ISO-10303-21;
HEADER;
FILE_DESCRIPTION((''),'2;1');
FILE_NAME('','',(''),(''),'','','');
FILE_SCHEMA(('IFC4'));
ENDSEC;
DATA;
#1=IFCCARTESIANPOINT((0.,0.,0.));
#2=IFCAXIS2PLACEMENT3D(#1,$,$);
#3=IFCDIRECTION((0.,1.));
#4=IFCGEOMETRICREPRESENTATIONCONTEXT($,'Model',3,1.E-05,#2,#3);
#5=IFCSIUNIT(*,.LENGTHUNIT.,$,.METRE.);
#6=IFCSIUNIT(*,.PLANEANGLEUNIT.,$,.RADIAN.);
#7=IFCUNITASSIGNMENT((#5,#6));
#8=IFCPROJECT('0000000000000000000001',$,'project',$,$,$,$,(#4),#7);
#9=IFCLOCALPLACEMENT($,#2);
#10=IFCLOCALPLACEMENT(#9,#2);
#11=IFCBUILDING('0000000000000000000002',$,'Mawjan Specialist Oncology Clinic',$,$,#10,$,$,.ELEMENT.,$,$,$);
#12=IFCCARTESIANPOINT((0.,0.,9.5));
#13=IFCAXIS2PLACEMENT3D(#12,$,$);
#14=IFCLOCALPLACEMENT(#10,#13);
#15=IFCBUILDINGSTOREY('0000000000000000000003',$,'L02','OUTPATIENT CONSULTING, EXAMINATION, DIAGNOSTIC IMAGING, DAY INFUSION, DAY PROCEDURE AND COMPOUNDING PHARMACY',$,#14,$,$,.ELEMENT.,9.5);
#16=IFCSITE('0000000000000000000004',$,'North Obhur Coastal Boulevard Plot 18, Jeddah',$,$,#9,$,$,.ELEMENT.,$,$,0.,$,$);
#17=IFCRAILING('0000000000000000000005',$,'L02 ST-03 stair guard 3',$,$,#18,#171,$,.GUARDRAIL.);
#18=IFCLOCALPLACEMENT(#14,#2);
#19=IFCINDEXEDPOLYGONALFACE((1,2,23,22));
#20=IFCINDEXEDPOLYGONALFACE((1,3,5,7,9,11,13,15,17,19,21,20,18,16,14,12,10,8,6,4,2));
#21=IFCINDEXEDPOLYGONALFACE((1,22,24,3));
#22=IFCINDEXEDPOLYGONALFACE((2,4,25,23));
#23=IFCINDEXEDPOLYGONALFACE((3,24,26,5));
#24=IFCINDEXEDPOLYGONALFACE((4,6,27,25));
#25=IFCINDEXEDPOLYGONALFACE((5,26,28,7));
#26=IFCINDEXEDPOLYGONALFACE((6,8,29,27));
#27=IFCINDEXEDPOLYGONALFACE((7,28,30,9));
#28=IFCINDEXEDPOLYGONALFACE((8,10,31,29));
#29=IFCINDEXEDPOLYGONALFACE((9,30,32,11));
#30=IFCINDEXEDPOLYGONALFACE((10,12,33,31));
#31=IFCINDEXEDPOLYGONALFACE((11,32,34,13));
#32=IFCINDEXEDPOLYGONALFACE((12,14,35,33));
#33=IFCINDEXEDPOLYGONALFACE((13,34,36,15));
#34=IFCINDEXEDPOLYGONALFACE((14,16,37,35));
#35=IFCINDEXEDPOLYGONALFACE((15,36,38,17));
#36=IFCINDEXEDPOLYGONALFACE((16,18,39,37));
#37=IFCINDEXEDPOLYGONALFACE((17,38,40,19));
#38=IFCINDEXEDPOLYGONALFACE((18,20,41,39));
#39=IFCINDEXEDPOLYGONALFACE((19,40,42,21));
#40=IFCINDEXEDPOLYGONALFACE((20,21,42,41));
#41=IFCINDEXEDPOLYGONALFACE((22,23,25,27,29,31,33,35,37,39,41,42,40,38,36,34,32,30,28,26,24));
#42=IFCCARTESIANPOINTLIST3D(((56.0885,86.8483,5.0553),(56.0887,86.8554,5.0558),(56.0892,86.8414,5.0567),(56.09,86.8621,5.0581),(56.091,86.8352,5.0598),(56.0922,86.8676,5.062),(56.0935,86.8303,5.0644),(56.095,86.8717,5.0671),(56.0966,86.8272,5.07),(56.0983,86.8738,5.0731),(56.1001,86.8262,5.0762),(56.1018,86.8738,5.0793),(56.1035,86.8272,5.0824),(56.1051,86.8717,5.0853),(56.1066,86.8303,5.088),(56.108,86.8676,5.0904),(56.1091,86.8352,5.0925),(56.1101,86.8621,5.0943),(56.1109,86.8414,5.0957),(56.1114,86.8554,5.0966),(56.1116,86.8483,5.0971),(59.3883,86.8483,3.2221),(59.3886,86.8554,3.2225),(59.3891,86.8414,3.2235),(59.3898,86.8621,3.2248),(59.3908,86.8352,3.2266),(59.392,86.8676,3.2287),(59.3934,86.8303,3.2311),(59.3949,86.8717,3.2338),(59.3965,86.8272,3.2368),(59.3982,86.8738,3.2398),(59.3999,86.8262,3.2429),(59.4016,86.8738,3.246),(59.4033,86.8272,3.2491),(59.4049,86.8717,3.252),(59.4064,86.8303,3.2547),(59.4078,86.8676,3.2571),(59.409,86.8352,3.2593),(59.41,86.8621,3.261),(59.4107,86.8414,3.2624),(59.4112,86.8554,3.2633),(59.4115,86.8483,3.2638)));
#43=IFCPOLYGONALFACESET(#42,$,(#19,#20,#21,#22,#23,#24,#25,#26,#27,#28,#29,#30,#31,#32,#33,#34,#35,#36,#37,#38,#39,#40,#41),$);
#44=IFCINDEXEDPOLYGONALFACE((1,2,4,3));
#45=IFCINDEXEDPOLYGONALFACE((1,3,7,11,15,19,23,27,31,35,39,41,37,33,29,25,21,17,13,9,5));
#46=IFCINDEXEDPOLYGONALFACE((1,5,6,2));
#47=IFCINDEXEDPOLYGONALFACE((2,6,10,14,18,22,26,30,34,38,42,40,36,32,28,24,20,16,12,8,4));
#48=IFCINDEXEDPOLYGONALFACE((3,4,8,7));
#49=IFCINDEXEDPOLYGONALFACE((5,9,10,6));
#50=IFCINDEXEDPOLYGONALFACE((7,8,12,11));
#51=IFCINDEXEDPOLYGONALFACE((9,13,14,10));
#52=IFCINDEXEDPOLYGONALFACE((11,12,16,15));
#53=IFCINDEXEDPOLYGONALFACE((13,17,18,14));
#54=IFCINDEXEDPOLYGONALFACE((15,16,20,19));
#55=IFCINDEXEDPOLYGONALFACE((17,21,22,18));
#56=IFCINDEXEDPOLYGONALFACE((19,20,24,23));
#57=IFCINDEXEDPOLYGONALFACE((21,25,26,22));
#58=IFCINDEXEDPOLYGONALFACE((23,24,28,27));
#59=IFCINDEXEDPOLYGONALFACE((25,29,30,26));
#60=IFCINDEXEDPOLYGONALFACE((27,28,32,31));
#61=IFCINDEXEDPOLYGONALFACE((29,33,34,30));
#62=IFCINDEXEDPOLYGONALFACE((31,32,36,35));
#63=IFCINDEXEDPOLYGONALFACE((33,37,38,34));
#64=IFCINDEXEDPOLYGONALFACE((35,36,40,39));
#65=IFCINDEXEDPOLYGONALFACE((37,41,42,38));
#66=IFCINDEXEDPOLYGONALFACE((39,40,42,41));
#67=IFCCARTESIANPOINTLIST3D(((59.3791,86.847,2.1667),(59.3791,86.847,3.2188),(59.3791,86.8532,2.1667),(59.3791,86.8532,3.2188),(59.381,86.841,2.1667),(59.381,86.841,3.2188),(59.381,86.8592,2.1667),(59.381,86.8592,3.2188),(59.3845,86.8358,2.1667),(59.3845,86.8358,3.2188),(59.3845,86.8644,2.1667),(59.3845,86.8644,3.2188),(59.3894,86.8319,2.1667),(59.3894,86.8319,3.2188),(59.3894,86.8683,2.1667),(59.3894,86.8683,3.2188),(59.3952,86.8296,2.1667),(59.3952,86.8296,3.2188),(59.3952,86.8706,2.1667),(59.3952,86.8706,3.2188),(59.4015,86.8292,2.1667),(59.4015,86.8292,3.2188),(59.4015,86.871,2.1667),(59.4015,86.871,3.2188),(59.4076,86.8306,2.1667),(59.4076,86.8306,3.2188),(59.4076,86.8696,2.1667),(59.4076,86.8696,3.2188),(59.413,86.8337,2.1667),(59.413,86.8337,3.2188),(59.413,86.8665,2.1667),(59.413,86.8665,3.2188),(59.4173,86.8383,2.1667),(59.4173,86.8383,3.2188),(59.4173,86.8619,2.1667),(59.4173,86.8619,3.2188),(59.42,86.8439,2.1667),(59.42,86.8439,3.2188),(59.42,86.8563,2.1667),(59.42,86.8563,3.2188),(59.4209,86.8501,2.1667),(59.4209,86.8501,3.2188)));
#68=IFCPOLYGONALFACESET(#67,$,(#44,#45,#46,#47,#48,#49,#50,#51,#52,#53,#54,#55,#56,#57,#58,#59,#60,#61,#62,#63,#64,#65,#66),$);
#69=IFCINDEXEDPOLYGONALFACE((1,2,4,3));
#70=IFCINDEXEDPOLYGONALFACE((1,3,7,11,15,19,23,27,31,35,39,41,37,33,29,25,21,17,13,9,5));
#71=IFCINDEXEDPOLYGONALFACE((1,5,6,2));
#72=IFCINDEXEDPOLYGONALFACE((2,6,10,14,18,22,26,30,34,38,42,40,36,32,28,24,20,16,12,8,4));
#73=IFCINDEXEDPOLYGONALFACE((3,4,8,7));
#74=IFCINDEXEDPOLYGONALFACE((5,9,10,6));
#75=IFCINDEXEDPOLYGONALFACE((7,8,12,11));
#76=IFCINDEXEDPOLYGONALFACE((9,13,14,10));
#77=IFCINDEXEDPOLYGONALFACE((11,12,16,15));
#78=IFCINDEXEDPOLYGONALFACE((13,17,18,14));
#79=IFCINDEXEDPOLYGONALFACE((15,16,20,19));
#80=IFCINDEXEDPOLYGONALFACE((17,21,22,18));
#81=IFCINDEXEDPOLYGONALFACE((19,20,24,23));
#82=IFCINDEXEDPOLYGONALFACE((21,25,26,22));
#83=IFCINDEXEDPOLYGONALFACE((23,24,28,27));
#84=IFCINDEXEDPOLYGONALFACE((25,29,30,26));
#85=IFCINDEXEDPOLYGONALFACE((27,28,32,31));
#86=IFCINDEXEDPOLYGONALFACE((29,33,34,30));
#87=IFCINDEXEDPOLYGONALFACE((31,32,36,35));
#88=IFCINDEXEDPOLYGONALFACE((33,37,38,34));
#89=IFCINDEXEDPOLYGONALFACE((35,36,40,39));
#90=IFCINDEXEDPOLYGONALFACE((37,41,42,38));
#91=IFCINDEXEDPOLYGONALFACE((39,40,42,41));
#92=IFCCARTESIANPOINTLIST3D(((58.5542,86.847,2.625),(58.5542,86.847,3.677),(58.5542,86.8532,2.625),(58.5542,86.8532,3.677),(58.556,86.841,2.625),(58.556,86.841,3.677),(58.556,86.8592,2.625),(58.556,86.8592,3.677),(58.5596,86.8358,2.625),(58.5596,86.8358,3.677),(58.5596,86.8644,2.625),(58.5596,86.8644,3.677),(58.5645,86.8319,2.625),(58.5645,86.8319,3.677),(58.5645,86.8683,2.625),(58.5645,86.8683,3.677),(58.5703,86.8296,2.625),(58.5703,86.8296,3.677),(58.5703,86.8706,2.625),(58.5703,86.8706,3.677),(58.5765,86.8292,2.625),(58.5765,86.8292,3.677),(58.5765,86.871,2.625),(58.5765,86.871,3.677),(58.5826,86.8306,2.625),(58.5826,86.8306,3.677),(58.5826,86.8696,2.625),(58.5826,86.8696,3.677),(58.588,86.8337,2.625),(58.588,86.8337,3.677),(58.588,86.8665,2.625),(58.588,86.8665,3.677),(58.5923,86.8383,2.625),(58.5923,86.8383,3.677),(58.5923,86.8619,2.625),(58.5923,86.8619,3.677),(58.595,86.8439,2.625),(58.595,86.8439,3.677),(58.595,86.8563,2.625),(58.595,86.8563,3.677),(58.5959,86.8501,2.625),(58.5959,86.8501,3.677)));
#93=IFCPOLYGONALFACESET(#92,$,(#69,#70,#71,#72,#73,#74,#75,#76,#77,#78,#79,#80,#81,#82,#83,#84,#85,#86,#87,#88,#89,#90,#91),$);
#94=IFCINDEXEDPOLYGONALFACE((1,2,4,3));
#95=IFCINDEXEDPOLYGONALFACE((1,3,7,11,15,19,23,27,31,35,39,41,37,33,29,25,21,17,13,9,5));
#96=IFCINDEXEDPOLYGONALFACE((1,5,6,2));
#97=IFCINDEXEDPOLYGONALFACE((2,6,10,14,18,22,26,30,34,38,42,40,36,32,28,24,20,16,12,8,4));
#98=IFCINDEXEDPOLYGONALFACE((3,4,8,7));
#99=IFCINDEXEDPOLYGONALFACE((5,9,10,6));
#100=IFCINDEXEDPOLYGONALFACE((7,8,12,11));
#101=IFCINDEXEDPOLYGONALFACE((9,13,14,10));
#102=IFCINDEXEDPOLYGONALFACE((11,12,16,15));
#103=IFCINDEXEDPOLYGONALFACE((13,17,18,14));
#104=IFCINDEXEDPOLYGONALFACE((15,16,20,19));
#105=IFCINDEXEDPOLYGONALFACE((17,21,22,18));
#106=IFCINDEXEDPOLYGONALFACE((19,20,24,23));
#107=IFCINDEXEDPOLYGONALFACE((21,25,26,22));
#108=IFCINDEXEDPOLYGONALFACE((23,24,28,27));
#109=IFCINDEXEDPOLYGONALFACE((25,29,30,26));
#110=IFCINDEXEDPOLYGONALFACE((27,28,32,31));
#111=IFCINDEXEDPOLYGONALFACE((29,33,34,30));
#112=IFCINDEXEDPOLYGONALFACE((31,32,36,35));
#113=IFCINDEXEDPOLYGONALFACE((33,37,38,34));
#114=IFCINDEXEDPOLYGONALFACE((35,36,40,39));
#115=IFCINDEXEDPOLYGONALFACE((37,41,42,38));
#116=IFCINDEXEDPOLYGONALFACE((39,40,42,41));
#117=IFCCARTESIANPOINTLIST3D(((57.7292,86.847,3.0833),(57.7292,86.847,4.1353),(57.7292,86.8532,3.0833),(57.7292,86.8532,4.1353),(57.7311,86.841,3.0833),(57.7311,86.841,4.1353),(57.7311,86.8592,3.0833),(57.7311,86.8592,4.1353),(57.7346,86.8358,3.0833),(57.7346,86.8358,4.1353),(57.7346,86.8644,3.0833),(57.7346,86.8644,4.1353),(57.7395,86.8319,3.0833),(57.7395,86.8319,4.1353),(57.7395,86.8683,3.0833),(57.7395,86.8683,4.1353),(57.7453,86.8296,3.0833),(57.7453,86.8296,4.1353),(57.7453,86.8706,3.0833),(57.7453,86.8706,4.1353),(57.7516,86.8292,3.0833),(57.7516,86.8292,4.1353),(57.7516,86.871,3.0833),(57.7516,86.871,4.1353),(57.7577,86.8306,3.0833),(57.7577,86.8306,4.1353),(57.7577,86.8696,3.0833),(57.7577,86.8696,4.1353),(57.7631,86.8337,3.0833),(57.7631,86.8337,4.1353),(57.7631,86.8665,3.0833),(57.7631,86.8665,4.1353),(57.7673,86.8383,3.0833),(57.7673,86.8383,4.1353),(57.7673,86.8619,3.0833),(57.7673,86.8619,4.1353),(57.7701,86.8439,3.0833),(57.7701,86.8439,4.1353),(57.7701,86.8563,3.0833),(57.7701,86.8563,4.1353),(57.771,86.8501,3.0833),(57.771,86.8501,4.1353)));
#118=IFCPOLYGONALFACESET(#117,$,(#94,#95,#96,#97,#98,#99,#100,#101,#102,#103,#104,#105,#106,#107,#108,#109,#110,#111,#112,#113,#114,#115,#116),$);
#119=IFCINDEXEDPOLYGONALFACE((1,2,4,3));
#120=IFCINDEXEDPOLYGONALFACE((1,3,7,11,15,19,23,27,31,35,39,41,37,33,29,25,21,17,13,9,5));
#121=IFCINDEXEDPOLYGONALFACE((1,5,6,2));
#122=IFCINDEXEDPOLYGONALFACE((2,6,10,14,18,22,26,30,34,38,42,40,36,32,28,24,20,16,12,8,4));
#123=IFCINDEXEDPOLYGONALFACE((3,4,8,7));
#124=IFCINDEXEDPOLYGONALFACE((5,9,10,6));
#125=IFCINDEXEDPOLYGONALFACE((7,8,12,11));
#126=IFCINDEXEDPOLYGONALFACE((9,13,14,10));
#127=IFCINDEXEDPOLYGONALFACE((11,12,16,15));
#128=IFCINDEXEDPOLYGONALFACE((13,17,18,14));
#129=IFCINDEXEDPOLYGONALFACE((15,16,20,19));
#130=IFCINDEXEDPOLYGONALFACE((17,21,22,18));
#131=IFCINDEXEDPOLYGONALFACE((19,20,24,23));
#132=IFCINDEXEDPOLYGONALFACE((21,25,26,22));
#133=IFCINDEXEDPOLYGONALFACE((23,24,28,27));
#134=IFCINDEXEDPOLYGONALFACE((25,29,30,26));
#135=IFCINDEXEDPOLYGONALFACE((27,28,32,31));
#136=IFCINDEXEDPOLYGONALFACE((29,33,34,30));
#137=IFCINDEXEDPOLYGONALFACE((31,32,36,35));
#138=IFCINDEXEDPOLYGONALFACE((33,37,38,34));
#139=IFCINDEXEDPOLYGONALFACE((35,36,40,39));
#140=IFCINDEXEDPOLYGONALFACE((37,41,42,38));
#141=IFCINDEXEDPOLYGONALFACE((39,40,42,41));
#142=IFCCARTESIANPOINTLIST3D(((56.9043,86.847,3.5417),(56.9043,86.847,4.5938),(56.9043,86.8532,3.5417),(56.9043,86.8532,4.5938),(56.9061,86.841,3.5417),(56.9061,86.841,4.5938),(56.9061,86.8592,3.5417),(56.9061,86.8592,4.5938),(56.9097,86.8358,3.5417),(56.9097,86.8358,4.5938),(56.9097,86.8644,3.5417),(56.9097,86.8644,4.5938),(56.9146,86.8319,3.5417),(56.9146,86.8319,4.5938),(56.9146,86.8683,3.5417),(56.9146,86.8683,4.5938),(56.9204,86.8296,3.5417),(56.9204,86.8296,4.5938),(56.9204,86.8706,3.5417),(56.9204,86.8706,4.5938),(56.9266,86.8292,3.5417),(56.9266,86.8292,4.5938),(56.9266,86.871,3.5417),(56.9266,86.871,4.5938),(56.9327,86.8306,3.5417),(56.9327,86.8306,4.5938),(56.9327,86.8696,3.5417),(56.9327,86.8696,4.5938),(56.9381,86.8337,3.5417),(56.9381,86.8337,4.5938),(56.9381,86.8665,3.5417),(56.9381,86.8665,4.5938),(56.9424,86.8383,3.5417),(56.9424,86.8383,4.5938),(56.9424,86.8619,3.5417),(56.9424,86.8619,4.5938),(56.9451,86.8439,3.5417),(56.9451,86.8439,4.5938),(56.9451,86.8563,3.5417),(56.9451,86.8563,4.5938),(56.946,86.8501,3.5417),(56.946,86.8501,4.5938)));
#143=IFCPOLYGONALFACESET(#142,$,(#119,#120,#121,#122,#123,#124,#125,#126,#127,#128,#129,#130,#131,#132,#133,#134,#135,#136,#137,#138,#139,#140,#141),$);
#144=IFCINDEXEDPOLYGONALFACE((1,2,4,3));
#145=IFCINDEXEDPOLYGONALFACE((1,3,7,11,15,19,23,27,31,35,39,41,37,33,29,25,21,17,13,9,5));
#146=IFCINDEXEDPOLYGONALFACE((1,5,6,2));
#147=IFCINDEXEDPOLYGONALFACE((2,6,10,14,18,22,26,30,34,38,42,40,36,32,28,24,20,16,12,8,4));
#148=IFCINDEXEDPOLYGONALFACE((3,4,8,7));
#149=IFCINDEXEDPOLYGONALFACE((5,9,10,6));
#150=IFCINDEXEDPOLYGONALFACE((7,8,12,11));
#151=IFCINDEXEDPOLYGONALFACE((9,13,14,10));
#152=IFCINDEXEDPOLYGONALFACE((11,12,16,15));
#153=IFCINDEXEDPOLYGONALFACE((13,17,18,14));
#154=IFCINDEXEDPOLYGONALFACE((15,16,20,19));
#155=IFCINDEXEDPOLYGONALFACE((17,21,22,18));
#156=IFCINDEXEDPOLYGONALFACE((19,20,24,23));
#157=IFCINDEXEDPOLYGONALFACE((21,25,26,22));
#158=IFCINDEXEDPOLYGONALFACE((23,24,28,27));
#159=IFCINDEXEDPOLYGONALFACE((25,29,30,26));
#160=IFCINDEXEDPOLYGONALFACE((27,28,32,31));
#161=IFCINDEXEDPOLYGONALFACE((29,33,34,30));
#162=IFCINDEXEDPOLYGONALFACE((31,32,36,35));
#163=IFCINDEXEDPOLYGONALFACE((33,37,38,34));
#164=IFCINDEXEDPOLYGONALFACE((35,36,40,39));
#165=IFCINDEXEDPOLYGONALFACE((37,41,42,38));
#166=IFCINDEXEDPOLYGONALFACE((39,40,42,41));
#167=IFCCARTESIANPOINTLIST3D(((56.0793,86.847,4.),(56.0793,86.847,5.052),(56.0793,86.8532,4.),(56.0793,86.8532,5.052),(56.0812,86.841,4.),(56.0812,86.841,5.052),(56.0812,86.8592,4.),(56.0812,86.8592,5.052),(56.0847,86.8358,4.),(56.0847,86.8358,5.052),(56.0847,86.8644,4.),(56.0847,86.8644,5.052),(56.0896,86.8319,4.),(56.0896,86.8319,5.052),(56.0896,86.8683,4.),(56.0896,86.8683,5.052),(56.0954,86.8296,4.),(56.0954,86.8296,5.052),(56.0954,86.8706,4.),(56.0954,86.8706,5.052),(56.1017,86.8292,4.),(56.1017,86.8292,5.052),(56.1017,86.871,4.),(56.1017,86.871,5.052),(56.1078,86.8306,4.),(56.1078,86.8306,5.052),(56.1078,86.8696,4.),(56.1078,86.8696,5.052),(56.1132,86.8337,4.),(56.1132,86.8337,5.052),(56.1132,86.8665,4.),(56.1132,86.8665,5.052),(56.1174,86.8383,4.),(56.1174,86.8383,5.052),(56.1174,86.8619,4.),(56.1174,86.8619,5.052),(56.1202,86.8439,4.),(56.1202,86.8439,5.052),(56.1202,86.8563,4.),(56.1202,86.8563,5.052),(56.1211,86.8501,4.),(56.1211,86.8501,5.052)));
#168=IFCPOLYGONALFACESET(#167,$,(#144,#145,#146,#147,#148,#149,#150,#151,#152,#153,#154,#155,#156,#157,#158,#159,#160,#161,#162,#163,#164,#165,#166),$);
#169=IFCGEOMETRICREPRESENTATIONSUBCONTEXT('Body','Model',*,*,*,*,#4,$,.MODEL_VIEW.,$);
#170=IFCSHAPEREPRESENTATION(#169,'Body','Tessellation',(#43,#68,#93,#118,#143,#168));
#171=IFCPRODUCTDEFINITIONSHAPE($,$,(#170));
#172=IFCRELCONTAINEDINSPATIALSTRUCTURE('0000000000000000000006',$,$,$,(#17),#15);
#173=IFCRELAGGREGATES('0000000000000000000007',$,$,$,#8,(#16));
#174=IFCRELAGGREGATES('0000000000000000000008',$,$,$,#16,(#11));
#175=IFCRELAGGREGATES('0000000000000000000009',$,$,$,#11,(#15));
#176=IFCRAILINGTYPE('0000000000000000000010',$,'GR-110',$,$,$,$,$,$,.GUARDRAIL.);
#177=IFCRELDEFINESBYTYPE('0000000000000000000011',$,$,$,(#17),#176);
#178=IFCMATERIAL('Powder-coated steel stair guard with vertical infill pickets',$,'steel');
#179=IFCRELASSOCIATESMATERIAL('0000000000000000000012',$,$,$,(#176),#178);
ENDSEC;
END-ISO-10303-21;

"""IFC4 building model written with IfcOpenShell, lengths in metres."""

from ifc_helpers import new_model, si_unit, direction, frame, origin, origin_2d, place, context, subcontext, project, spatial, circle, extrude, material, type_object, element, save


model = new_model("IFC4")

# Units and contexts
model_context = context("Model", 3, precision=1e-05, world=origin(), true_north=direction((0.0, 1.0)))
body_context = subcontext(model_context, "Body", "Model", "MODEL_VIEW")
ifc_project = project(units=[si_unit("LENGTHUNIT", "METRE"), si_unit("PLANEANGLEUNIT", "RADIAN")], contexts=[model_context])

# Site, building, storey
site_placement = place(None, origin())
site = spatial("IfcSite", under=ifc_project, at=site_placement, Name="North Obhur Coastal Boulevard Plot 18, Jeddah", CompositionType="ELEMENT", RefElevation=0.0)
building_placement = place(site_placement, origin())
building = spatial("IfcBuilding", under=site, at=building_placement, Name="Mawjan Specialist Oncology Clinic", CompositionType="ELEMENT")
storey_placement = place(building_placement, frame((0.0, 0.0, 9.5)))
storey = spatial("IfcBuildingStorey", under=building, at=storey_placement, Name="L02", Description="OUTPATIENT CONSULTING, EXAMINATION, DIAGNOSTIC IMAGING, DAY INFUSION, DAY PROCEDURE AND COMPOUNDING PHARMACY", CompositionType="ELEMENT", Elevation=9.5)

# Railing
ifc_material_1 = material(Name="Powder-coated steel stair guard with vertical infill pickets", Category="steel")
railing_type_1 = type_object("IfcRailingType", Name="GR-110", PredefinedType="GUARDRAIL", material=ifc_material_1)
railing_1_placement = place(storey_placement, frame((59.3999, 86.8501, 2.1667)))
element("IfcRailing", 1, at=railing_1_placement, inside=storey, type_object=railing_type_1, Name="L02 ST-03 stair guard 3", PredefinedType="GUARDRAIL", context=body_context, shape_type="SweptSolid", body=[
    extrude(circle(Radius=0.0239, at=origin_2d()), frame((0.0, 0.0, 1.0762), z_axis=(-0.874154, 0.0, 0.485648), x_axis=(0.0, -1.0, 0.0)), (0.0, 0.0, 1.0), 3.7749),
    extrude(circle(Radius=0.021, at=origin_2d()), origin(), (0.0, 0.0, 1.0), 1.052),
    extrude(circle(Radius=0.021, at=origin_2d()), frame((-0.825, 0.0, 0.4583)), (0.0, 0.0, 1.0), 1.052),
    extrude(circle(Radius=0.021, at=origin_2d()), frame((-1.6499, 0.0, 0.9165)), (0.0, 0.0, 1.0), 1.052),
    extrude(circle(Radius=0.021, at=origin_2d()), frame((-2.4749, 0.0, 1.375)), (0.0, 0.0, 1.0), 1.052),
    extrude(circle(Radius=0.021, at=origin_2d()), frame((-3.2998, 0.0, 1.8333)), (0.0, 0.0, 1.0), 1.052),
])

save(model, "model.ifc")
